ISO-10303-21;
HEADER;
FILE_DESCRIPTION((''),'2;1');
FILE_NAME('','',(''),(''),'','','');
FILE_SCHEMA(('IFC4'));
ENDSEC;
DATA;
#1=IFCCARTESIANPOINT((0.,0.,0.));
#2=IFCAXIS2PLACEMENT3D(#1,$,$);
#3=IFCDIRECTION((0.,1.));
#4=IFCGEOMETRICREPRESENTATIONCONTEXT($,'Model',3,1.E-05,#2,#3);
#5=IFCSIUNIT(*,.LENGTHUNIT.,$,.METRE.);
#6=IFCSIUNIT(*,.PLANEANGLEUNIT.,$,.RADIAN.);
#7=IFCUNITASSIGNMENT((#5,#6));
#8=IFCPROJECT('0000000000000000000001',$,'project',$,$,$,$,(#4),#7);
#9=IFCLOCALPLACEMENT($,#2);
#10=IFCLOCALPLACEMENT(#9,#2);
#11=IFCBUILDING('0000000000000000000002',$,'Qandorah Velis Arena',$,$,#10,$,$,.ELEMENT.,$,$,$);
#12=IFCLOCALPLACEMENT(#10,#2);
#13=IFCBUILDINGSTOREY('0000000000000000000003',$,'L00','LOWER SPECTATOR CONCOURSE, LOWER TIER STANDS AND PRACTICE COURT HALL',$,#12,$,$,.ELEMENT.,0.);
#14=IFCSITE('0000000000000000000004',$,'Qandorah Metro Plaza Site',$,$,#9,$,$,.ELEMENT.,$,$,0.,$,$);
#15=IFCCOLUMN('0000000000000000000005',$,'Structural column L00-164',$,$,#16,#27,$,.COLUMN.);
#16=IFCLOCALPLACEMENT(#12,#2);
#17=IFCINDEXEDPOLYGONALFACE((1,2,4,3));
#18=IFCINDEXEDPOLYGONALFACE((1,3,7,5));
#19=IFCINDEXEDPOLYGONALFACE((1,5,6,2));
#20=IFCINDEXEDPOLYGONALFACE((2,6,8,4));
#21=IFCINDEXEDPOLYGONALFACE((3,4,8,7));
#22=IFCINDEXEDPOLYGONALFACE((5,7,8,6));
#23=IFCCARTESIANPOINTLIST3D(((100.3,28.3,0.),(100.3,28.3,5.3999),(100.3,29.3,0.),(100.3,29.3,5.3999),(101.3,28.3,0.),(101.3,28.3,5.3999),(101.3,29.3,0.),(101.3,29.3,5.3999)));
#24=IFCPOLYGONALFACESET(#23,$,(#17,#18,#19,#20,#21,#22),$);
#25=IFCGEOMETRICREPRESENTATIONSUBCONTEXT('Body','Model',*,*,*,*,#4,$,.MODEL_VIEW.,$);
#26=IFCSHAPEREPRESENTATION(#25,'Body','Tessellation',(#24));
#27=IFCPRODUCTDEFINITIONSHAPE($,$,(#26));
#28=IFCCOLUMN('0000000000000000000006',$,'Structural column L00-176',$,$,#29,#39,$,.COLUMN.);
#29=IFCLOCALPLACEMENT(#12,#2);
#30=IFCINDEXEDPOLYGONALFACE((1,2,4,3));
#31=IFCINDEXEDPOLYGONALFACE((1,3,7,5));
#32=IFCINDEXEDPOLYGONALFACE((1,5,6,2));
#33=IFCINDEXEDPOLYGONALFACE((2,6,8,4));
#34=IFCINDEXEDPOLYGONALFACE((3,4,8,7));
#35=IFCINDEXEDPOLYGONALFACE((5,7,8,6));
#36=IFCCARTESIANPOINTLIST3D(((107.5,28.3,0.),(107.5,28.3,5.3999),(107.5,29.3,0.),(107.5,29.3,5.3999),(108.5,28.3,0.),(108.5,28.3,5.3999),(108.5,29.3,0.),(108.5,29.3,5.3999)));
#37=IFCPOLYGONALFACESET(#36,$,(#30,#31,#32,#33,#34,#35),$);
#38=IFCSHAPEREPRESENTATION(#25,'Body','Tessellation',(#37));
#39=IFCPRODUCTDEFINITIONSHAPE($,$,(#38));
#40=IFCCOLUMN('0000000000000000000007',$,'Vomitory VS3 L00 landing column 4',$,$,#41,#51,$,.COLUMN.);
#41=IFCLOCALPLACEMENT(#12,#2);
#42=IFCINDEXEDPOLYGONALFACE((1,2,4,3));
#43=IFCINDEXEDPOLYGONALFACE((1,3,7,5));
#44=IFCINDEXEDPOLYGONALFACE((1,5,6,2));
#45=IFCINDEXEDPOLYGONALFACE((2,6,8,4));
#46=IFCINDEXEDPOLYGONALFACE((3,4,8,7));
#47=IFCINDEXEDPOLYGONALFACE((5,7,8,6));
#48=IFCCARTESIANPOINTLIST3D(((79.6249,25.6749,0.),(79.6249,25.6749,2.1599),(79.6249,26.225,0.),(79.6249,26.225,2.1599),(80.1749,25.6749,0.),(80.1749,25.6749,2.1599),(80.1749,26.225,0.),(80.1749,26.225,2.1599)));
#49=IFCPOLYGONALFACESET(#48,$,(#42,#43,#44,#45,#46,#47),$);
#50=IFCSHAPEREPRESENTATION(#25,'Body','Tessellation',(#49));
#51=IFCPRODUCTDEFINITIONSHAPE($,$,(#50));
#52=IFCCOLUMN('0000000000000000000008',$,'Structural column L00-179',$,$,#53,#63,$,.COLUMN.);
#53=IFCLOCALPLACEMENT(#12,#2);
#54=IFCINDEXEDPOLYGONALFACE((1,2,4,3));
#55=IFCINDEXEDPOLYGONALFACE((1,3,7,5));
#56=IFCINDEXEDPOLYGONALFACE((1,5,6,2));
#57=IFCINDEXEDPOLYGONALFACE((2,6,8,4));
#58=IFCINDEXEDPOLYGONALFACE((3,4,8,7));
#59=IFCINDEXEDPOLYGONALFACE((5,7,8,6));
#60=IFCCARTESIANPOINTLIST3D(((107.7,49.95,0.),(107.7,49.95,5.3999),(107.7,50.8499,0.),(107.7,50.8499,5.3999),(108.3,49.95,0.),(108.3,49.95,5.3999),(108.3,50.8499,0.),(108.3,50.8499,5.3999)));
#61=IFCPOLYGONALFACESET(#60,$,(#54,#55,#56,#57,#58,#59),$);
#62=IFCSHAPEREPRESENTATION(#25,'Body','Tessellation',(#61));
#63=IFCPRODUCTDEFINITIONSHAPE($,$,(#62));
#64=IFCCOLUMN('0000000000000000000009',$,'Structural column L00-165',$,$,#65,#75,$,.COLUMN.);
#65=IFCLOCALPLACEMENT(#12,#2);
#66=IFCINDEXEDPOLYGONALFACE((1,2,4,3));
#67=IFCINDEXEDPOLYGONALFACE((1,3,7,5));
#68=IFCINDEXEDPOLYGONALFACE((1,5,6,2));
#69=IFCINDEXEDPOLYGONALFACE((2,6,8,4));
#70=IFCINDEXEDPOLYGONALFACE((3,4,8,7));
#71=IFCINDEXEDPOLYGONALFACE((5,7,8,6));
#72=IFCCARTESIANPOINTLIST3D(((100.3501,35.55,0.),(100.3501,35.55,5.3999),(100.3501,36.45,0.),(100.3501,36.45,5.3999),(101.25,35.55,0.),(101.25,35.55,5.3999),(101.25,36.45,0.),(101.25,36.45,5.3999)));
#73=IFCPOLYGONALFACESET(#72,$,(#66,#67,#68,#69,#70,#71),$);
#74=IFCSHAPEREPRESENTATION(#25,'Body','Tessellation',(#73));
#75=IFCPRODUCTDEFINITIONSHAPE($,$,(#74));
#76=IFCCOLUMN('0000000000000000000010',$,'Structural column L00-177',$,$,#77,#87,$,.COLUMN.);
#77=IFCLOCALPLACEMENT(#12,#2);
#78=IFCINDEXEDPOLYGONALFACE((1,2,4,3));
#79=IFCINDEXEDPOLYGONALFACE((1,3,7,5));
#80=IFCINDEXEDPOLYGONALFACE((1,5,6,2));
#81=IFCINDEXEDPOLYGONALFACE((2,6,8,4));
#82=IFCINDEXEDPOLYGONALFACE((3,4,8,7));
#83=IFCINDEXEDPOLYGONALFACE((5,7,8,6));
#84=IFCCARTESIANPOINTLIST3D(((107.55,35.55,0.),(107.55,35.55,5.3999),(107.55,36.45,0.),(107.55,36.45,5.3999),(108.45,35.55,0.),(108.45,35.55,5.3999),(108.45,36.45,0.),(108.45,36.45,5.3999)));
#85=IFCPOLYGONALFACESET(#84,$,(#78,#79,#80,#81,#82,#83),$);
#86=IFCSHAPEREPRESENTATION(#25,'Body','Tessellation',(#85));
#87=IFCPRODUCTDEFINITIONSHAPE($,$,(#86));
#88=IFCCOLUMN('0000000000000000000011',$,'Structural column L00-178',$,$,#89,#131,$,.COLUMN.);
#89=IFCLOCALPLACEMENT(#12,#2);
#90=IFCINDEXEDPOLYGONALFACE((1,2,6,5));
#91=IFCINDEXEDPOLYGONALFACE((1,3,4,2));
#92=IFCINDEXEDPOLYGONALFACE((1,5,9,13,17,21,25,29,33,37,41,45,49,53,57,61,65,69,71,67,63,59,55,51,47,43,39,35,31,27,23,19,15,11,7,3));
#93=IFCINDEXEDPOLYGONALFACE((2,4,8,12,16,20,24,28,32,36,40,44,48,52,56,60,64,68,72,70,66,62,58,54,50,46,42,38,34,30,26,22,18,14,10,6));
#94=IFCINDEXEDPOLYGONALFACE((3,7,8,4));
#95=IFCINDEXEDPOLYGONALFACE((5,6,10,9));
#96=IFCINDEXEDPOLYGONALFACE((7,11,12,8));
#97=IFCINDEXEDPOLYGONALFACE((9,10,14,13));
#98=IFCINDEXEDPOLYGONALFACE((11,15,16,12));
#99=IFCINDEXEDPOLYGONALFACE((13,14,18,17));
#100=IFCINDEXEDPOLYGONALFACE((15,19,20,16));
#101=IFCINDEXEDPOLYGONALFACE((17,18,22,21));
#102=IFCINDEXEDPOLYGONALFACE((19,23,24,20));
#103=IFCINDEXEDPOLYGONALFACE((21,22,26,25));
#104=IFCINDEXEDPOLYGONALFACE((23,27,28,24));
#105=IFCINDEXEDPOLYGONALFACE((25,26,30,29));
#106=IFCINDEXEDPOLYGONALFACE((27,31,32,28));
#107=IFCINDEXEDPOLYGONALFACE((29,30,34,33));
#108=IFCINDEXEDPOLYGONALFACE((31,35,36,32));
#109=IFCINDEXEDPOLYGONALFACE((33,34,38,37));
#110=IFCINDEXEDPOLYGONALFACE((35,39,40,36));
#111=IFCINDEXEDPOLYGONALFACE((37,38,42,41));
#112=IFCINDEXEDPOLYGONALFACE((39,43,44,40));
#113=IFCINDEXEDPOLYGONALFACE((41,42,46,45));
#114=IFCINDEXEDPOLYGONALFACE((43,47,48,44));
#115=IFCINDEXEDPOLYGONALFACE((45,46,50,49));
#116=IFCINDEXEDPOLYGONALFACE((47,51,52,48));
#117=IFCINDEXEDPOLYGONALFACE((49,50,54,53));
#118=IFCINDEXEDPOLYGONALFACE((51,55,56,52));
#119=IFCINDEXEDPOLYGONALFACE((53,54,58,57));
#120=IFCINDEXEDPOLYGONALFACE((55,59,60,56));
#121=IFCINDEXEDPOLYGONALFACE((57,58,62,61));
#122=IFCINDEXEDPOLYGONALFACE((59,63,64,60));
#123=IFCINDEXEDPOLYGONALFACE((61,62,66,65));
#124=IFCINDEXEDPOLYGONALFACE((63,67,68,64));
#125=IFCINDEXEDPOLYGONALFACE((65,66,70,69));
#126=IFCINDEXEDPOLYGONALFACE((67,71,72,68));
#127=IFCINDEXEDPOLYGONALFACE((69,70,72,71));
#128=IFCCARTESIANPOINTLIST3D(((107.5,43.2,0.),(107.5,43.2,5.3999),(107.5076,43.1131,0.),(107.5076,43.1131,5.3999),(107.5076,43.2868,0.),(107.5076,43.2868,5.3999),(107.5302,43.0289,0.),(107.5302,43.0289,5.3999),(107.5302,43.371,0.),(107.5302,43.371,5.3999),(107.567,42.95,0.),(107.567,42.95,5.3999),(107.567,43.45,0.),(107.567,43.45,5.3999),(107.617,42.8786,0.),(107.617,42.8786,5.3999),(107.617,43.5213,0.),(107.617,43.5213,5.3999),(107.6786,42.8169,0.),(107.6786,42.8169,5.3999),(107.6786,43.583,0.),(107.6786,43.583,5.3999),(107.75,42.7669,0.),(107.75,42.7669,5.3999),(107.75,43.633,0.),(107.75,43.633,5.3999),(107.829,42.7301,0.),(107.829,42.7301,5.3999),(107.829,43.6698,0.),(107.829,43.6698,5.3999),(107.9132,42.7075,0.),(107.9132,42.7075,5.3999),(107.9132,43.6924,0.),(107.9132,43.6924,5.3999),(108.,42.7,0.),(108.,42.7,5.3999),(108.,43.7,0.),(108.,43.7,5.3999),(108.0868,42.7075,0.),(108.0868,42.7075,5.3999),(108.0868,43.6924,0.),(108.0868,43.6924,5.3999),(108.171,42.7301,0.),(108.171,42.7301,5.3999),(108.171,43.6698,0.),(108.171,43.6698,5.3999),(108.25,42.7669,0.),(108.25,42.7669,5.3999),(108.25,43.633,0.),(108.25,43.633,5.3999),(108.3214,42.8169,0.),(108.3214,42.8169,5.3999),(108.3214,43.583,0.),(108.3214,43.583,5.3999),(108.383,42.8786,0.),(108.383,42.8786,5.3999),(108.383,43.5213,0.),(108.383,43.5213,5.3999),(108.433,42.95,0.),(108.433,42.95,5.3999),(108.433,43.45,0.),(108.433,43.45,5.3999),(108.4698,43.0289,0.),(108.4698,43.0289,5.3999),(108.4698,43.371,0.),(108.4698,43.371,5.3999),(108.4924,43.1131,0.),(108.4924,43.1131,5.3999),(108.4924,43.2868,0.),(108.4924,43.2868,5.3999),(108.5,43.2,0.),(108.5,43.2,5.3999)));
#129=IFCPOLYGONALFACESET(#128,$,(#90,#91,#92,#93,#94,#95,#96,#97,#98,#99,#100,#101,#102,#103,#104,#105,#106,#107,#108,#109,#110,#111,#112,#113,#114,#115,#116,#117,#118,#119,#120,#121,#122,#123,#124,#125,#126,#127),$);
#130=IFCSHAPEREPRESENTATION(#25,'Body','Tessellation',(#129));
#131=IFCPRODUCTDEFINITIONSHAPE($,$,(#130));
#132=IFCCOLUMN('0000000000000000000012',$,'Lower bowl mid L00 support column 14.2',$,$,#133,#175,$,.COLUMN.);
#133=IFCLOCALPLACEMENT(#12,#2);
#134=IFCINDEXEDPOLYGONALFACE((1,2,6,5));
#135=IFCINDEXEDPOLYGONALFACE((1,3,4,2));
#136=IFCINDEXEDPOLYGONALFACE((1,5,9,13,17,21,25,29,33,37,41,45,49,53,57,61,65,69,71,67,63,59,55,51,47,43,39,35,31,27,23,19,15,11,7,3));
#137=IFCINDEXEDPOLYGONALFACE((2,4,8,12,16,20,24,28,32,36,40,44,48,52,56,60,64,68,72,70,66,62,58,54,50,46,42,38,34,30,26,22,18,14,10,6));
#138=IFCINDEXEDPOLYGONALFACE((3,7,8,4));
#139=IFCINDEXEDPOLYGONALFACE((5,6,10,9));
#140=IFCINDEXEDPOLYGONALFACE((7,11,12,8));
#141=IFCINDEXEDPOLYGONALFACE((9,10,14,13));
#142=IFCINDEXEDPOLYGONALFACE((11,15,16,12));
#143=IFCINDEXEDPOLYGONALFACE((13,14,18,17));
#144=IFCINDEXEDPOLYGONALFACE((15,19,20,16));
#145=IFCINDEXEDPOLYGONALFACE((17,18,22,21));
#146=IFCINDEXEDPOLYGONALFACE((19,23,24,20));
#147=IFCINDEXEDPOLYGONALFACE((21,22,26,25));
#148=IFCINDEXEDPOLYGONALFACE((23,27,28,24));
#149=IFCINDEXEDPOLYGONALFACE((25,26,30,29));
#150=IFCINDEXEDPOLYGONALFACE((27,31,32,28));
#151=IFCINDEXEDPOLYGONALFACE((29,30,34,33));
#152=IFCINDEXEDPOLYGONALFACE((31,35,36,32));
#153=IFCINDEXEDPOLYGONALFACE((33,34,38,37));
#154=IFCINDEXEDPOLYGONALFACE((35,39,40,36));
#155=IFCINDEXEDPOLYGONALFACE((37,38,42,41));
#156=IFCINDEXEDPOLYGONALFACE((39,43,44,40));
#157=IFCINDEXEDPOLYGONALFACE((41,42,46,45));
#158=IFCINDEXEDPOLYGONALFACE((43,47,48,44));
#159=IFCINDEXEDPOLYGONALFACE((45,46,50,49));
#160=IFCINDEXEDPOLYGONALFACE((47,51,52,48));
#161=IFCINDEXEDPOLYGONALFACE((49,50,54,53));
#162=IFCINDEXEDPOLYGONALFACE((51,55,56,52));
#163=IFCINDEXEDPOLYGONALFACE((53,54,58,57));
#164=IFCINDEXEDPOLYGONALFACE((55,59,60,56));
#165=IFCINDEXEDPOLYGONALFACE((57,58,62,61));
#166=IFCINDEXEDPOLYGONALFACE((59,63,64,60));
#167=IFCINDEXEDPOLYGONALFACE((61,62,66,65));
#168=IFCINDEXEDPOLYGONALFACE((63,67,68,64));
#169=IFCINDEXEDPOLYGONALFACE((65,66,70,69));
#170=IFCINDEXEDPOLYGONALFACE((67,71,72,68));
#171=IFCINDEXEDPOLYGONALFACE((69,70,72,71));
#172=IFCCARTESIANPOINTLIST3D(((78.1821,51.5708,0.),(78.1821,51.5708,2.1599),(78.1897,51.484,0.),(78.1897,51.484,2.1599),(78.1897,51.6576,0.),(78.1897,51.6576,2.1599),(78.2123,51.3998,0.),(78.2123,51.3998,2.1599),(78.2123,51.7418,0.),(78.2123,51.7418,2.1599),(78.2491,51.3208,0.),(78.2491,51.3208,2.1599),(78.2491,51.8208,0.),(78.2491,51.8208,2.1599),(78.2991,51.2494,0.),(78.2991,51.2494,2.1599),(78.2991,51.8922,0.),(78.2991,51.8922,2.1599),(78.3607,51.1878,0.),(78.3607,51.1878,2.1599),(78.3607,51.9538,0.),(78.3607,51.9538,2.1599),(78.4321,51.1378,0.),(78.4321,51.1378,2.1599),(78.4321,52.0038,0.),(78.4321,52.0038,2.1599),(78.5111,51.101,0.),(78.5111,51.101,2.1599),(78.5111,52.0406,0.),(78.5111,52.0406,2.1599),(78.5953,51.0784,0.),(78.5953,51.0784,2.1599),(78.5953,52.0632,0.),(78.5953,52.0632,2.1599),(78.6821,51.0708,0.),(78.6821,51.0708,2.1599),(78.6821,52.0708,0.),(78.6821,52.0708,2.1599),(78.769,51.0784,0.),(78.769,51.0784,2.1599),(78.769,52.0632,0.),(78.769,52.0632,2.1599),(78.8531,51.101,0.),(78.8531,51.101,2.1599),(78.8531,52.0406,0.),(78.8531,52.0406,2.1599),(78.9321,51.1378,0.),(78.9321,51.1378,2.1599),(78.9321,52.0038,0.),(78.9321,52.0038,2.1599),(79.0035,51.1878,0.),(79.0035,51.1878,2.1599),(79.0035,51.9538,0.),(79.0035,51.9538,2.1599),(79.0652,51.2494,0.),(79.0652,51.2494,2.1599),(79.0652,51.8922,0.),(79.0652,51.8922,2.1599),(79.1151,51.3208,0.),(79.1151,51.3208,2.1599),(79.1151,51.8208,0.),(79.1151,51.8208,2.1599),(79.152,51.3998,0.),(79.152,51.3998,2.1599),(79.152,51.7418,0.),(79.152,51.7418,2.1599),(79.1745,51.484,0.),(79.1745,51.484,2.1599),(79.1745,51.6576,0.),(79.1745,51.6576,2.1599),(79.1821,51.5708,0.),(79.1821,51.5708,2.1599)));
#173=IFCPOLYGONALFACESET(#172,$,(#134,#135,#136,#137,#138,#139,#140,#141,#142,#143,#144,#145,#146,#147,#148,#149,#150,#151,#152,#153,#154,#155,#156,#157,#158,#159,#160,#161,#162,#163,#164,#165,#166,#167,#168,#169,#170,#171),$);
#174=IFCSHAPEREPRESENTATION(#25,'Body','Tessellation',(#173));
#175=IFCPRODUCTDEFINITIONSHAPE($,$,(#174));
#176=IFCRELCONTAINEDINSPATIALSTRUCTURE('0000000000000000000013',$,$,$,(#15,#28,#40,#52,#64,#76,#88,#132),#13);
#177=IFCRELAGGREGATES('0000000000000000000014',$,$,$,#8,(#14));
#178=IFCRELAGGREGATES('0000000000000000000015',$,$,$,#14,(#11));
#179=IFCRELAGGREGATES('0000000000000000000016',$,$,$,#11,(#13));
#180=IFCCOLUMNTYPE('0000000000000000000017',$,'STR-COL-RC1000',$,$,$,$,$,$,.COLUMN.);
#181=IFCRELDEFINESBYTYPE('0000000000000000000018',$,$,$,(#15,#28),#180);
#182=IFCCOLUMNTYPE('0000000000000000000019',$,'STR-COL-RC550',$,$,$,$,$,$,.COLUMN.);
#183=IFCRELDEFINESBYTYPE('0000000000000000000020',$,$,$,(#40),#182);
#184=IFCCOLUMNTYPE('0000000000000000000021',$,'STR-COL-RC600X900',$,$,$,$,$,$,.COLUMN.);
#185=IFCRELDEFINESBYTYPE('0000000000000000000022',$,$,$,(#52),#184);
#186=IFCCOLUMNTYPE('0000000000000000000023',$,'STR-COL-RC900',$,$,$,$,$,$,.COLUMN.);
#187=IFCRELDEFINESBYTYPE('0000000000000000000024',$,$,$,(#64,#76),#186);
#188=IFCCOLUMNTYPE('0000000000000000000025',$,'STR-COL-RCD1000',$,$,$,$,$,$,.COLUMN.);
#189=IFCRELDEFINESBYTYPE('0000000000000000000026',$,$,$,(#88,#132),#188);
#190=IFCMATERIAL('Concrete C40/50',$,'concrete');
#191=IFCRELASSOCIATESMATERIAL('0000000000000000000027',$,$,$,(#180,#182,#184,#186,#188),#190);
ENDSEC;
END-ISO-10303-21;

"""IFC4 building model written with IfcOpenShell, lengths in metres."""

from ifc_helpers import new_model, si_unit, direction, frame, origin, origin_2d, place, context, subcontext, project, spatial, rectangle, circle, extrude, material, material_profile, profile_set, type_object, element, save


model = new_model("IFC4")

# Units and contexts
model_context = context("Model", 3, precision=1e-05, world=origin(), true_north=direction((0.0, 1.0)))
body_context = subcontext(model_context, "Body", "Model", "MODEL_VIEW")
ifc_project = project(units=[si_unit("LENGTHUNIT", "METRE"), si_unit("PLANEANGLEUNIT", "RADIAN")], contexts=[model_context])

# Site, building, storey
site_placement = place(None, origin())
site = spatial("IfcSite", under=ifc_project, at=site_placement, Name="Qandorah Metro Plaza Site", CompositionType="ELEMENT", RefElevation=0.0)
building_placement = place(site_placement, origin())
building = spatial("IfcBuilding", under=site, at=building_placement, Name="Qandorah Velis Arena", CompositionType="ELEMENT")
storey_placement = place(building_placement, origin())
storey = spatial("IfcBuildingStorey", under=building, at=storey_placement, Name="L00", Description="LOWER SPECTATOR CONCOURSE, LOWER TIER STANDS AND PRACTICE COURT HALL", CompositionType="ELEMENT", Elevation=0.0)

# Columns
ifc_material_1 = material(Name="Concrete C40/50", Category="concrete")
ifc_material_profile_1 = material_profile(ifc_material_1, rectangle(XDim=1.0, YDim=1.0, at=origin_2d()), Name="RC COL 1000x1000")
ifc_profile_set_1 = profile_set([ifc_material_profile_1], Name="Concrete C40/50")
column_type_1 = type_object("IfcColumnType", Name="STR-COL-RC1000", PredefinedType="COLUMN", material=ifc_profile_set_1)
for number, where, z_axis, x_axis, name in (
    (1, (100.8, 28.8, 0.0), (0.0, 0.0, 1.0), (1.0, 0.0, 0.0), "Structural column L00-164"),
    (2, (108.0, 28.8, 0.0), (0.0, 0.0, 1.0), (1.0, 0.0, 0.0), "Structural column L00-176"),
):
    element("IfcColumn", number, at=place(storey_placement, frame(where, z_axis=z_axis, x_axis=x_axis)), inside=storey, type_object=column_type_1, Name=name, PredefinedType="COLUMN", context=body_context, shape_type="SweptSolid", body=[
        extrude(rectangle(XDim=1.0, YDim=1.0, at=origin_2d()), origin(), (0.0, 0.0, 1.0), 5.3999),
    ])
ifc_material_profile_2 = material_profile(ifc_material_1, rectangle(XDim=0.55, YDim=0.55, at=origin_2d()), Name="RC COL 550x550")
ifc_profile_set_2 = profile_set([ifc_material_profile_2], Name="Concrete C40/50")
column_type_2 = type_object("IfcColumnType", Name="STR-COL-RC550", PredefinedType="COLUMN", material=ifc_profile_set_2)
column_1_placement = place(storey_placement, frame((79.8999, 25.95, 0.0), z_axis=(0.0, 0.0, 1.0), x_axis=(1.0, 0.0, 0.0)))
element("IfcColumn", 3, at=column_1_placement, inside=storey, type_object=column_type_2, Name="Vomitory VS3 L00 landing column 4", PredefinedType="COLUMN", context=body_context, shape_type="SweptSolid", body=[
    extrude(rectangle(XDim=0.55, YDim=0.55, at=origin_2d()), origin(), (0.0, 0.0, 1.0), 2.1599),
])
ifc_material_profile_3 = material_profile(ifc_material_1, rectangle(XDim=0.6001, YDim=0.8999, at=origin_2d()), Name="RC COL 600x900")
ifc_profile_set_3 = profile_set([ifc_material_profile_3], Name="Concrete C40/50")
column_type_3 = type_object("IfcColumnType", Name="STR-COL-RC600X900", PredefinedType="COLUMN", material=ifc_profile_set_3)
column_2_placement = place(storey_placement, frame((108.0, 50.3999, 0.0), z_axis=(0.0, 0.0, 1.0), x_axis=(1.0, 0.0, 0.0)))
element("IfcColumn", 4, at=column_2_placement, inside=storey, type_object=column_type_3, Name="Structural column L00-179", PredefinedType="COLUMN", context=body_context, shape_type="SweptSolid", body=[
    extrude(rectangle(XDim=0.6001, YDim=0.8999, at=origin_2d()), origin(), (0.0, 0.0, 1.0), 5.3999),
])
ifc_material_profile_4 = material_profile(ifc_material_1, rectangle(XDim=0.8999, YDim=0.8999, at=origin_2d()), Name="RC COL 900x900")
ifc_profile_set_4 = profile_set([ifc_material_profile_4], Name="Concrete C40/50")
column_type_4 = type_object("IfcColumnType", Name="STR-COL-RC900", PredefinedType="COLUMN", material=ifc_profile_set_4)
for number, where, z_axis, x_axis, name in (
    (5, (100.8, 36.0, 0.0), (0.0, 0.0, 1.0), (1.0, 0.0, 0.0), "Structural column L00-165"),
    (6, (108.0, 36.0, 0.0), (0.0, 0.0, 1.0), (1.0, 0.0, 0.0), "Structural column L00-177"),
):
    element("IfcColumn", number, at=place(storey_placement, frame(where, z_axis=z_axis, x_axis=x_axis)), inside=storey, type_object=column_type_4, Name=name, PredefinedType="COLUMN", context=body_context, shape_type="SweptSolid", body=[
        extrude(rectangle(XDim=0.8999, YDim=0.8999, at=origin_2d()), origin(), (0.0, 0.0, 1.0), 5.3999),
    ])
ifc_material_profile_5 = material_profile(ifc_material_1, circle(Radius=0.5, at=origin_2d()), Name="RC D1000")
ifc_profile_set_5 = profile_set([ifc_material_profile_5], Name="Concrete C40/50")
column_type_5 = type_object("IfcColumnType", Name="STR-COL-RCD1000", PredefinedType="COLUMN", material=ifc_profile_set_5)
column_3_placement = place(storey_placement, frame((108.0, 43.2, 0.0), z_axis=(0.0, 0.0, 1.0), x_axis=(1.0, 0.0, 0.0)))
element("IfcColumn", 7, at=column_3_placement, inside=storey, type_object=column_type_5, Name="Structural column L00-178", PredefinedType="COLUMN", context=body_context, shape_type="SweptSolid", body=[
    extrude(circle(Radius=0.5, at=origin_2d()), origin(), (0.0, 0.0, 1.0), 5.3999),
])
column_4_placement = place(storey_placement, frame((78.6821, 51.5708, 0.0), z_axis=(0.0, 0.0, 1.0), x_axis=(1.0, 0.0, 0.0)))
element("IfcColumn", 8, at=column_4_placement, inside=storey, type_object=column_type_5, Name="Lower bowl mid L00 support column 14.2", PredefinedType="COLUMN", context=body_context, shape_type="SweptSolid", body=[
    extrude(circle(Radius=0.5, at=origin_2d()), origin(), (0.0, 0.0, 1.0), 2.1599),
])

save(model, "model.ifc")
